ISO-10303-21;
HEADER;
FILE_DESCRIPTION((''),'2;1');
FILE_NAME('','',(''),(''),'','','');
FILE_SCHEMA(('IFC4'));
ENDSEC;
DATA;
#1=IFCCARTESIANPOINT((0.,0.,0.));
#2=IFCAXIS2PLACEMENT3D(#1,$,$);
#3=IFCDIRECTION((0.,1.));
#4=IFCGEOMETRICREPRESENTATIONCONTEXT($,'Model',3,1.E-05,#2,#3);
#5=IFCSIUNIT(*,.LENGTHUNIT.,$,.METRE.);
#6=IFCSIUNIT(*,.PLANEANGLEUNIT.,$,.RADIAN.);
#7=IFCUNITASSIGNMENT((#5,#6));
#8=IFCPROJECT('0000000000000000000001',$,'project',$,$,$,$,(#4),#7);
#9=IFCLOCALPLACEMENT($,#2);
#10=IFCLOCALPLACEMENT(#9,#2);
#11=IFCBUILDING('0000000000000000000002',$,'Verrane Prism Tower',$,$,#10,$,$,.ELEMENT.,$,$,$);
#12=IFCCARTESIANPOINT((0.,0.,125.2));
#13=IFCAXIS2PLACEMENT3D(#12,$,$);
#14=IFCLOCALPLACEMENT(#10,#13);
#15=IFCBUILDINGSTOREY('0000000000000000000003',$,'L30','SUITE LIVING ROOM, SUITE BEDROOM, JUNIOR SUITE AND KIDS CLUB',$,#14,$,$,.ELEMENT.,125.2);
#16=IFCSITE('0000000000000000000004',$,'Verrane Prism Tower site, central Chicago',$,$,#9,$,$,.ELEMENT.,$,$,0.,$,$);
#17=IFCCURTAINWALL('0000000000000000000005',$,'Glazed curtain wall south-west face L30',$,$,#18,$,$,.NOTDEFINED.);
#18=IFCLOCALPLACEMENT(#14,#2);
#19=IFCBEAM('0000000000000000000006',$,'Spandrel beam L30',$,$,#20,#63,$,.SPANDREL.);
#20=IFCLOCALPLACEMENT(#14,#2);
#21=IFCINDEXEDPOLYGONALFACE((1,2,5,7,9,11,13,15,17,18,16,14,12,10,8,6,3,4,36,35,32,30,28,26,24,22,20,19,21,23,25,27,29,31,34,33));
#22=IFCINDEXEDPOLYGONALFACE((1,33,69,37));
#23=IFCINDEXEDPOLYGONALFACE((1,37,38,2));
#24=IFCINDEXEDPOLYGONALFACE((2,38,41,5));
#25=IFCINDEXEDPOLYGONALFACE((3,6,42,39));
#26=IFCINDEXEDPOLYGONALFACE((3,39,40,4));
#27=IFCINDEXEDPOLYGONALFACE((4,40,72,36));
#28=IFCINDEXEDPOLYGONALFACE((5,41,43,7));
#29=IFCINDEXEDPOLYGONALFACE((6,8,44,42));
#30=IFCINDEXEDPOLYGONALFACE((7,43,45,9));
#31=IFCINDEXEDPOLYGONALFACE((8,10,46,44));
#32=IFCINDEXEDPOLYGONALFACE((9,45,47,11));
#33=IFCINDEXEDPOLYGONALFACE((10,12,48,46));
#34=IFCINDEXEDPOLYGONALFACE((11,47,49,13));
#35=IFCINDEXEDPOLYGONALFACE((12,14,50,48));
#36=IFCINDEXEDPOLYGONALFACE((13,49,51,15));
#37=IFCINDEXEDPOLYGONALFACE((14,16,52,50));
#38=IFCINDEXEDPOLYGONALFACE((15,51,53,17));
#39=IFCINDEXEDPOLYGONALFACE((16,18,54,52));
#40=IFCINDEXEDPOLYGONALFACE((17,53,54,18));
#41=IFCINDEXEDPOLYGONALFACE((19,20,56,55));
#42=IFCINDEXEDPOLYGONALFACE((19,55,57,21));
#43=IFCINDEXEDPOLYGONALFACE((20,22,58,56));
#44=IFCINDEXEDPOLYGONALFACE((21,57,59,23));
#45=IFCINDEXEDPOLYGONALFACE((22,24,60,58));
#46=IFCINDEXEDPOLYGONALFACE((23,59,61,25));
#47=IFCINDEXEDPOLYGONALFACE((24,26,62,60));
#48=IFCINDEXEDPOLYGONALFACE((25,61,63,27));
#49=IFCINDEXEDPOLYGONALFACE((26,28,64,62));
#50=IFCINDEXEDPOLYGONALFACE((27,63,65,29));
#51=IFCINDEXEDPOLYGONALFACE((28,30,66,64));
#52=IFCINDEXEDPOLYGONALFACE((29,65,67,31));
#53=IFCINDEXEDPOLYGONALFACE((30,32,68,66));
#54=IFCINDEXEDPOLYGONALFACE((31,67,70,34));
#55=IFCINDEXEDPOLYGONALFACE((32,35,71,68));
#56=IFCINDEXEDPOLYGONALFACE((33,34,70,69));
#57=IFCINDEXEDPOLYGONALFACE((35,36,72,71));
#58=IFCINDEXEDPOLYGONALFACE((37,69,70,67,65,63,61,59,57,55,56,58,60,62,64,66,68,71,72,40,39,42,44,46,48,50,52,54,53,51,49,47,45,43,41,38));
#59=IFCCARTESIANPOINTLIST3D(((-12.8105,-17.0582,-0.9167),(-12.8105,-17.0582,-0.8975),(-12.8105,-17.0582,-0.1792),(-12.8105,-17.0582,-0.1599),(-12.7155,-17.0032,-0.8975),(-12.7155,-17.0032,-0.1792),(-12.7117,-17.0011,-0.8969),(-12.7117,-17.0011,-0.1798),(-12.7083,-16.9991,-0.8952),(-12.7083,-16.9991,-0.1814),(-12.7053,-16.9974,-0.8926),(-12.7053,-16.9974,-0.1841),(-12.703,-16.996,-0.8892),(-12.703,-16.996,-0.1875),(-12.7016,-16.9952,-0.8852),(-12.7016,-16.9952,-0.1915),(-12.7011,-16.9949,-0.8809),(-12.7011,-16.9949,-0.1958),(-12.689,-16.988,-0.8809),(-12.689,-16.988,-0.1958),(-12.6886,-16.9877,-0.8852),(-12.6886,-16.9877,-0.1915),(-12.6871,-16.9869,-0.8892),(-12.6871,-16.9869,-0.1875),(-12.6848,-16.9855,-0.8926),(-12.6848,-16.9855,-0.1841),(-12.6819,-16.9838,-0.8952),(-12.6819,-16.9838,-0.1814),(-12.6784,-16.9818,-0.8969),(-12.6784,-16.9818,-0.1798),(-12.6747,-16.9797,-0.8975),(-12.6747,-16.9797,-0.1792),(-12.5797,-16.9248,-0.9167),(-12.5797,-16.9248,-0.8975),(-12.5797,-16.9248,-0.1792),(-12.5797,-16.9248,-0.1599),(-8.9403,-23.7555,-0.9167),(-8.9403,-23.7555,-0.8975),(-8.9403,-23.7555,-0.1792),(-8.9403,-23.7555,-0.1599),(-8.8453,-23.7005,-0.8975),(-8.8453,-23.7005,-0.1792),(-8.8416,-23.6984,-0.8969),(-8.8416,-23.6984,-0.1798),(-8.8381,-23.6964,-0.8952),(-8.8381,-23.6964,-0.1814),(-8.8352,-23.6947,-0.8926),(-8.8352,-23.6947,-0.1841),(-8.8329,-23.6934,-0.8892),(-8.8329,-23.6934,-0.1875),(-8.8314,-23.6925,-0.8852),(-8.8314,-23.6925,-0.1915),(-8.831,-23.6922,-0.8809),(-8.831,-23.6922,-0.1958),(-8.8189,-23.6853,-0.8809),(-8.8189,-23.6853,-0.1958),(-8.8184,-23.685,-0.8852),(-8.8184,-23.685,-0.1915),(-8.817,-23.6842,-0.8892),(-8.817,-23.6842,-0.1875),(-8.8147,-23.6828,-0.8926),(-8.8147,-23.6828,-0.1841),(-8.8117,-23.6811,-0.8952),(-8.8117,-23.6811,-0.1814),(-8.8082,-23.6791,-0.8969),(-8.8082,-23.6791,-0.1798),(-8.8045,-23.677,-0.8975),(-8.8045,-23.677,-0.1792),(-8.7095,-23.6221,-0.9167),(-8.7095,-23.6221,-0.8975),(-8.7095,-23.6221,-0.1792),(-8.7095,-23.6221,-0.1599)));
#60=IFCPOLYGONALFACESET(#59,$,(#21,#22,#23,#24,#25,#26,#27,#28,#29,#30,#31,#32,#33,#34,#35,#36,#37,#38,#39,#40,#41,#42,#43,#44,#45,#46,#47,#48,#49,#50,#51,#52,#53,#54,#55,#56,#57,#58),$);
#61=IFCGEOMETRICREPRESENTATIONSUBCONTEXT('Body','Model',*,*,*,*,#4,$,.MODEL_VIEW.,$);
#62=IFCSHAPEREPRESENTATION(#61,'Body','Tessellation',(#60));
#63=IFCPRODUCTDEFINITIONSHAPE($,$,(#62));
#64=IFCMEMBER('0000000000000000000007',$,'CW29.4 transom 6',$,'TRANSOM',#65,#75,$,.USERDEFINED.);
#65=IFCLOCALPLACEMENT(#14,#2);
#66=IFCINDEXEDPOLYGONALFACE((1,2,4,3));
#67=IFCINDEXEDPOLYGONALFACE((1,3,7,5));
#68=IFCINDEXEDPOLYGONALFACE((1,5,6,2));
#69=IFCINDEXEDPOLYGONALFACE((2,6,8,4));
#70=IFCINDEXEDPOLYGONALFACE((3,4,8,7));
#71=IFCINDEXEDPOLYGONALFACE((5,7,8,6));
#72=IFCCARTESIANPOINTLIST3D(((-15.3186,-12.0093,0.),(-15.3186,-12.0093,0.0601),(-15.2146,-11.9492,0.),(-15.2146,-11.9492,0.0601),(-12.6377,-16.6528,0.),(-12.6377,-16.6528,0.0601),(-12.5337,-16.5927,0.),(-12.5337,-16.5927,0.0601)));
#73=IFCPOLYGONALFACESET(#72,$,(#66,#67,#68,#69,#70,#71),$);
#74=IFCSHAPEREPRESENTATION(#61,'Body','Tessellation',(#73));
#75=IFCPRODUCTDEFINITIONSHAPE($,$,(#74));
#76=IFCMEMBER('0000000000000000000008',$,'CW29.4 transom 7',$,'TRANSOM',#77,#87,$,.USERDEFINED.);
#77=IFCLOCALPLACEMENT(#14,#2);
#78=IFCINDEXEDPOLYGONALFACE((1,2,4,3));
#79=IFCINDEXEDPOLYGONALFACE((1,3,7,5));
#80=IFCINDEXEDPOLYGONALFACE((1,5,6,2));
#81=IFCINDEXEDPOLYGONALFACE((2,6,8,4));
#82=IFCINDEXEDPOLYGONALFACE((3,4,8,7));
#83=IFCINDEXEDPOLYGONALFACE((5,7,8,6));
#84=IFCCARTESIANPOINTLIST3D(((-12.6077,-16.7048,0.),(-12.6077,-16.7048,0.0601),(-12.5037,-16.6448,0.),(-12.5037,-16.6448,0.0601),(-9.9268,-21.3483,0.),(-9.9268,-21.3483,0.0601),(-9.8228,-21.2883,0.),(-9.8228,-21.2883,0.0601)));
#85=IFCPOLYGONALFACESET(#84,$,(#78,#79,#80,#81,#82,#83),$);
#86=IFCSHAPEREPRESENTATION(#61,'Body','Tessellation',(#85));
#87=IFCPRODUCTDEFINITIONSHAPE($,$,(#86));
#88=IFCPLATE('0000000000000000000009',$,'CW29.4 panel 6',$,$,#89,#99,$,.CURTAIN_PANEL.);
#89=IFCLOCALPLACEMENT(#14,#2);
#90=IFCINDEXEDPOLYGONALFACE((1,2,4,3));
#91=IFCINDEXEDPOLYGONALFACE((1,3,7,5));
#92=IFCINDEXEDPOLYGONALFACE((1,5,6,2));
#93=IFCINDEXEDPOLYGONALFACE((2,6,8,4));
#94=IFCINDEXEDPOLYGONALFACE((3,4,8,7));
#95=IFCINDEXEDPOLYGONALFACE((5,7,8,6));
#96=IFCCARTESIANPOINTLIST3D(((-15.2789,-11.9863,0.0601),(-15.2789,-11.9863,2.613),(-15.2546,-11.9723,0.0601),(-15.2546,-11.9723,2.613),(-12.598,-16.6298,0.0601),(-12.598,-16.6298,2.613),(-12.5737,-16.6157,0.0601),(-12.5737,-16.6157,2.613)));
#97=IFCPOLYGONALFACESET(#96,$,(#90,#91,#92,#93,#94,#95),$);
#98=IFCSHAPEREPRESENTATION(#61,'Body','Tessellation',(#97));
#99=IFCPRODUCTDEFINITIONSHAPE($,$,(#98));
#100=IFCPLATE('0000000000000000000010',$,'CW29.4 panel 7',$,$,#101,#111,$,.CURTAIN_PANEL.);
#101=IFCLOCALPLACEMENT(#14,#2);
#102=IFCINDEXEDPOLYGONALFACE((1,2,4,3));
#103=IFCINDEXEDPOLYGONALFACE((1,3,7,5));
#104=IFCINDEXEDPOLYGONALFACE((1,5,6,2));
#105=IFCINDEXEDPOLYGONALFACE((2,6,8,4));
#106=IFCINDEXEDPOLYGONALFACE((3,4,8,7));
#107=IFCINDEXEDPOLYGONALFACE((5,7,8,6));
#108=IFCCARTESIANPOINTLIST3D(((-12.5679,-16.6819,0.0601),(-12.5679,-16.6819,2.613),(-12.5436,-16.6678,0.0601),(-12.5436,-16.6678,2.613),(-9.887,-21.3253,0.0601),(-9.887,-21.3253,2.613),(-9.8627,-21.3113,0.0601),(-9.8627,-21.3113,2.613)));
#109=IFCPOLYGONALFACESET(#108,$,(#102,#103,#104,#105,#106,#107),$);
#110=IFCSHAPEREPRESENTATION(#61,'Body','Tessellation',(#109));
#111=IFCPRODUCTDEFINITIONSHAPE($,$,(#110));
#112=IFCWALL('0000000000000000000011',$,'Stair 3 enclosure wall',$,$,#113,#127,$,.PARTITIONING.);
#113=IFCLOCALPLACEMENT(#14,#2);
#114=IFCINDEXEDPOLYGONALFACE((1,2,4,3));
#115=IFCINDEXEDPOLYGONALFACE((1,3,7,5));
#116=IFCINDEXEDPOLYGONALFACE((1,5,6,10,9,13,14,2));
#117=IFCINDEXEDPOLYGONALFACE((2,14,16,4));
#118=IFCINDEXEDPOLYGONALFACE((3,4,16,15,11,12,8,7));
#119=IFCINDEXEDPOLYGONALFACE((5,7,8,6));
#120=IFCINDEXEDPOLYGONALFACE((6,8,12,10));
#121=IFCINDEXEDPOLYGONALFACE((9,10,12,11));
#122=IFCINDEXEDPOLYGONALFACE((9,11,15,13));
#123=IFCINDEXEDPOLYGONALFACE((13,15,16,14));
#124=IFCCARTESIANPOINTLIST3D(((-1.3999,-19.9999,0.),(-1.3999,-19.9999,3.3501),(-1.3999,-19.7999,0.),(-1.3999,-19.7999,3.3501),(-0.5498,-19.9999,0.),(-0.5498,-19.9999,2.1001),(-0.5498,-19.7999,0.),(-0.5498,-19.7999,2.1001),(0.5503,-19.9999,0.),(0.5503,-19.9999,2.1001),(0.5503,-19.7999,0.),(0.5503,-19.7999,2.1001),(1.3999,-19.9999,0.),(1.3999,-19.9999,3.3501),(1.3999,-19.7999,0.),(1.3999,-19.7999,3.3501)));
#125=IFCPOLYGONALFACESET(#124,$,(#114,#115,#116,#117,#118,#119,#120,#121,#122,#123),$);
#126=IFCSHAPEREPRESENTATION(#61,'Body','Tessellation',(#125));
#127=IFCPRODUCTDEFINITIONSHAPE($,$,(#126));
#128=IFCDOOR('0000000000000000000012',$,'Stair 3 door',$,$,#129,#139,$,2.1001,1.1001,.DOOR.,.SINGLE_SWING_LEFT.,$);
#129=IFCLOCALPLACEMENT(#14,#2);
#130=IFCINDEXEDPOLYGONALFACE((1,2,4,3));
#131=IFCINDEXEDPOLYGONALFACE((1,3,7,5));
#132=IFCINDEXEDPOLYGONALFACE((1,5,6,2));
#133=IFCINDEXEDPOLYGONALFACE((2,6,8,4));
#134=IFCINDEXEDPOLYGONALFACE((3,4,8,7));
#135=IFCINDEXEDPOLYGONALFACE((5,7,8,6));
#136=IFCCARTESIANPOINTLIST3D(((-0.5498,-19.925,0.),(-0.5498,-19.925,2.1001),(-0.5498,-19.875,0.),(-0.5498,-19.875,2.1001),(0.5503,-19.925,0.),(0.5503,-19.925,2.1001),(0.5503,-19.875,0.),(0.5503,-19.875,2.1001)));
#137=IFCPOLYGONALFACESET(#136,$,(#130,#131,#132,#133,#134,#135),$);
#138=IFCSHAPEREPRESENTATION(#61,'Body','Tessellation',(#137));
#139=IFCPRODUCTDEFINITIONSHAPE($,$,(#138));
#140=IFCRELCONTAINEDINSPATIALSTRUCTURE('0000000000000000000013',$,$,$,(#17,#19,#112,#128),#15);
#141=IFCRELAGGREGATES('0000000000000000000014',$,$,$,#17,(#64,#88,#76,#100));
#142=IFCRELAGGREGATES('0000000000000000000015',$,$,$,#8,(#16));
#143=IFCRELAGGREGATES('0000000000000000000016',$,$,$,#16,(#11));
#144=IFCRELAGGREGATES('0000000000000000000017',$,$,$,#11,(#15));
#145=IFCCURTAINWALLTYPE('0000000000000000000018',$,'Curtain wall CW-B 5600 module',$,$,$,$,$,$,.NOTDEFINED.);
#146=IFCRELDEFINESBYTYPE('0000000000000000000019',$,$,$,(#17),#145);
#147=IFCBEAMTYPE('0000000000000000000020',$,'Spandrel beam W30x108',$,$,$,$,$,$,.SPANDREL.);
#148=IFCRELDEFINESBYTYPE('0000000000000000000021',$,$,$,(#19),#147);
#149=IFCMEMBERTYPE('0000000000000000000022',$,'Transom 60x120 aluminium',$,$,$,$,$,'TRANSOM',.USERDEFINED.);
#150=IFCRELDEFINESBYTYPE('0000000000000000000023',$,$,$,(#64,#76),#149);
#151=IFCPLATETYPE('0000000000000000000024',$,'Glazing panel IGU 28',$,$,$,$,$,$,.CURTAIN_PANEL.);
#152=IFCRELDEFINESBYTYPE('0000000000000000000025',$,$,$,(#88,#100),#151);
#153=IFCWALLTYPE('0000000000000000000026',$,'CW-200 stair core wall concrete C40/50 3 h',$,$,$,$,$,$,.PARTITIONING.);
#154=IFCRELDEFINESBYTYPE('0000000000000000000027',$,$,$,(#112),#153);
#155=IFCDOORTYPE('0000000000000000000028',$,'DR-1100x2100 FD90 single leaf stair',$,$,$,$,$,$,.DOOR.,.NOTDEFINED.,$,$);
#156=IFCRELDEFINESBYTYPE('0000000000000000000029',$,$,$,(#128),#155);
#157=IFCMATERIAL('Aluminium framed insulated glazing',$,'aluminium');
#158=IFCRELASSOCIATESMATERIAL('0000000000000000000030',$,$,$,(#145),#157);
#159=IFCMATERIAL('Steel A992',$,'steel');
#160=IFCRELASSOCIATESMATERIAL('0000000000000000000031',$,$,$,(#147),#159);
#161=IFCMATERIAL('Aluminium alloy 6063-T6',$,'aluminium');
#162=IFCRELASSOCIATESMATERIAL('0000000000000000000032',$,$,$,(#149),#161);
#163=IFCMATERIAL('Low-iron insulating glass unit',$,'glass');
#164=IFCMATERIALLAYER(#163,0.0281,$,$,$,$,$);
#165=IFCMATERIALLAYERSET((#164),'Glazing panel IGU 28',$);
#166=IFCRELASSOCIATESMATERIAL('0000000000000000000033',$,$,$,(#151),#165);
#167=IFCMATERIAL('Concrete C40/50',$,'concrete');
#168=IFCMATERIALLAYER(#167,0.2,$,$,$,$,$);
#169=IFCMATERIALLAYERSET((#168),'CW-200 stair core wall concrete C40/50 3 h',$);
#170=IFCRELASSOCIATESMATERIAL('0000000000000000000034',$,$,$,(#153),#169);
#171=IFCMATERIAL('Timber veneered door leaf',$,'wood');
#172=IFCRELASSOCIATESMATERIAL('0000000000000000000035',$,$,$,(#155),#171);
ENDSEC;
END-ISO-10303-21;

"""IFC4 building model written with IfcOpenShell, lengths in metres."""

from ifc_helpers import new_model, si_unit, direction, frame, frame_2d, origin, origin_2d, place, context, subcontext, project, spatial, rectangle, i_section, extrude, material, layer, layer_set, material_profile, profile_set, type_object, element, fill, aggregate, save


model = new_model("IFC4")

# Units and contexts
model_context = context("Model", 3, precision=1e-05, world=origin(), true_north=direction((0.0, 1.0)))
body_context = subcontext(model_context, "Body", "Model", "MODEL_VIEW")
ifc_project = project(units=[si_unit("LENGTHUNIT", "METRE"), si_unit("PLANEANGLEUNIT", "RADIAN")], contexts=[model_context])

# Site, building, storey
site_placement = place(None, origin())
site = spatial("IfcSite", under=ifc_project, at=site_placement, Name="Verrane Prism Tower site, central Chicago", CompositionType="ELEMENT", RefElevation=0.0)
building_placement = place(site_placement, origin())
building = spatial("IfcBuilding", under=site, at=building_placement, Name="Verrane Prism Tower", CompositionType="ELEMENT")
storey_placement = place(building_placement, frame((0.0, 0.0, 125.2)))
storey = spatial("IfcBuildingStorey", under=building, at=storey_placement, Name="L30", Description="SUITE LIVING ROOM, SUITE BEDROOM, JUNIOR SUITE AND KIDS CLUB", CompositionType="ELEMENT", Elevation=125.2)

# Curtain wall
ifc_material_1 = material(Name="Aluminium framed insulated glazing", Category="aluminium")
curtain_wall_type = type_object("IfcCurtainWallType", Name="Curtain wall CW-B 5600 module", PredefinedType="NOTDEFINED", material=ifc_material_1)
curtain_wall_placement = place(storey_placement, origin())
curtain_wall = element("IfcCurtainWall", 1, at=curtain_wall_placement, inside=storey, type_object=curtain_wall_type, Name="Glazed curtain wall south-west face L30", PredefinedType="NOTDEFINED")

# Beam
ifc_material_2 = material(Name="Steel A992", Category="steel")
ifc_material_profile_1 = material_profile(ifc_material_2, i_section(OverallWidth=0.2666, OverallDepth=0.7568, WebThickness=0.0139, FlangeThickness=0.0193, FilletRadius=0.0166, at=origin_2d()), Name="W30x108")
ifc_profile_set_1 = profile_set([ifc_material_profile_1], Name="Steel A992")
beam_type_1 = type_object("IfcBeamType", Name="Spandrel beam W30x108", PredefinedType="SPANDREL", material=ifc_profile_set_1)
beam_1_placement = place(storey_placement, frame((-12.6951, -16.9915, -0.5383), z_axis=(0.500334, -0.865832, 0.0), x_axis=(0.865832, 0.500334, 0.0)))
element("IfcBeam", 2, at=beam_1_placement, inside=storey, type_object=beam_type_1, Name="Spandrel beam L30", PredefinedType="SPANDREL", context=body_context, shape_type="SweptSolid", body=[
    extrude(i_section(OverallWidth=0.2666, OverallDepth=0.7568, WebThickness=0.0139, FlangeThickness=0.0193, FilletRadius=0.0166, at=origin_2d()), origin(), (0.0, 0.0, 1.0), 7.7351),
])

# Members
ifc_material_3 = material(Name="Aluminium alloy 6063-T6", Category="aluminium")
ifc_material_profile_2 = material_profile(ifc_material_3, rectangle(XDim=0.1201, YDim=0.0601, at=origin_2d()), Name="Transom 60x120 aluminium")
ifc_profile_set_2 = profile_set([ifc_material_profile_2], Name="Aluminium alloy 6063-T6")
member_type_1 = type_object("IfcMemberType", Name="Transom 60x120 aluminium", ElementType="TRANSOM", PredefinedType="USERDEFINED", material=ifc_profile_set_2)
member_1_placement = place(storey_placement, frame((-15.2666, -11.9792, 0.03), z_axis=(0.499993, -0.866029, 0.0), x_axis=(0.866029, 0.499993, 0.0)))
member_1 = element("IfcMember", 3, at=member_1_placement, type_object=member_type_1, Name="CW29.4 transom 6", ObjectType="TRANSOM", PredefinedType="USERDEFINED", context=body_context, shape_type="SweptSolid", body=[
    extrude(rectangle(XDim=0.1201, YDim=0.0601, at=origin_2d()), origin(), (0.0, 0.0, 1.0), 5.3618),
])
member_2_placement = place(storey_placement, frame((-12.5557, -16.6748, 0.03), z_axis=(0.499993, -0.866029, 0.0), x_axis=(0.866029, 0.499993, 0.0)))
member_2 = element("IfcMember", 4, at=member_2_placement, type_object=member_type_1, Name="CW29.4 transom 7", ObjectType="TRANSOM", PredefinedType="USERDEFINED", context=body_context, shape_type="SweptSolid", body=[
    extrude(rectangle(XDim=0.1201, YDim=0.0601, at=origin_2d()), origin(), (0.0, 0.0, 1.0), 5.3618),
])

# Plates
ifc_material_4 = material(Name="Low-iron insulating glass unit", Category="glass")
ifc_layer_1 = layer(ifc_material_4, 0.0281)
ifc_layer_set_1 = layer_set([ifc_layer_1], Name="Glazing panel IGU 28")
plate_type = type_object("IfcPlateType", Name="Glazing panel IGU 28", PredefinedType="CURTAIN_PANEL", material=ifc_layer_set_1)
plate_1_placement = place(storey_placement, frame((-13.9263, -14.301, 0.0601), z_axis=(0.0, 0.0, 1.0), x_axis=(0.5, -0.866025, 0.0)))
plate_1 = element("IfcPlate", 5, at=plate_1_placement, type_object=plate_type, Name="CW29.4 panel 6", PredefinedType="CURTAIN_PANEL", context=body_context, shape_type="SweptSolid", body=[
    extrude(rectangle(XDim=5.3618, YDim=0.0281, at=origin_2d()), origin(), (0.0, 0.0, 1.0), 2.553),
])
plate_2_placement = place(storey_placement, frame((-11.2153, -18.9966, 0.0601), z_axis=(0.0, 0.0, 1.0), x_axis=(0.5, -0.866025, 0.0)))
plate_2 = element("IfcPlate", 6, at=plate_2_placement, type_object=plate_type, Name="CW29.4 panel 7", PredefinedType="CURTAIN_PANEL", context=body_context, shape_type="SweptSolid", body=[
    extrude(rectangle(XDim=5.3618, YDim=0.0281, at=origin_2d()), origin(), (0.0, 0.0, 1.0), 2.553),
])
aggregate(curtain_wall, [member_1, plate_1, member_2, plate_2])

# Wall, opening, door
ifc_material_5 = material(Name="Concrete C40/50", Category="concrete")
ifc_layer_2 = layer(ifc_material_5, 0.2)
ifc_layer_set_2 = layer_set([ifc_layer_2], Name="CW-200 stair core wall concrete C40/50 3 h")
wall_type_1 = type_object("IfcWallType", Name="CW-200 stair core wall concrete C40/50 3 h", PredefinedType="PARTITIONING", material=ifc_layer_set_2)
wall_1_placement = place(storey_placement, frame((-1.3999, -19.8999, 0.0), z_axis=(0.0, 0.0, 1.0), x_axis=(1.0, 0.0, 0.0)))
wall_1 = element("IfcWall", 7, at=wall_1_placement, inside=storey, type_object=wall_type_1, Name="Stair 3 enclosure wall", PredefinedType="PARTITIONING", context=body_context, shape_type="SweptSolid", body=[
    extrude(rectangle(XDim=2.7998, YDim=0.2, at=frame_2d((1.3999, 0.0))), origin(), (0.0, 0.0, 1.0), 3.3501),
])
opening_1_placement = place(wall_1_placement, frame((0.8501, 0.0, 0.0)))
opening_1 = element("IfcOpeningElement", 8, at=opening_1_placement, cuts=wall_1, PredefinedType="OPENING", context=body_context, shape_type="SweptSolid", body=[
    extrude(rectangle(XDim=1.1001, YDim=2.1001, at=frame_2d((0.55, 1.05))), frame((0.0, 0.1099, 0.0), z_axis=(0.0, -1.0, 0.0), x_axis=(1.0, 0.0, 0.0)), (0.0, 0.0, 1.0), 0.22),
])
ifc_material_6 = material(Name="Timber veneered door leaf", Category="wood")
door_type_1 = type_object("IfcDoorType", Name="DR-1100x2100 FD90 single leaf stair", OperationType="NOTDEFINED", PredefinedType="DOOR", material=ifc_material_6)
door_1_placement = place(opening_1_placement, origin())
door_1 = element("IfcDoor", 9, at=door_1_placement, inside=storey, type_object=door_type_1, Name="Stair 3 door", OperationType="SINGLE_SWING_LEFT", OverallHeight=2.1001, OverallWidth=1.1001, PredefinedType="DOOR", context=body_context, shape_type="SweptSolid", body=[
    extrude(rectangle(XDim=1.1001, YDim=2.1001, at=frame_2d((0.55, 1.05))), frame((0.0, 0.0249, 0.0), z_axis=(0.0, -1.0, 0.0), x_axis=(1.0, 0.0, 0.0)), (0.0, 0.0, 1.0), 0.05),
])
fill(opening_1, door_1)

save(model, "model.ifc")
